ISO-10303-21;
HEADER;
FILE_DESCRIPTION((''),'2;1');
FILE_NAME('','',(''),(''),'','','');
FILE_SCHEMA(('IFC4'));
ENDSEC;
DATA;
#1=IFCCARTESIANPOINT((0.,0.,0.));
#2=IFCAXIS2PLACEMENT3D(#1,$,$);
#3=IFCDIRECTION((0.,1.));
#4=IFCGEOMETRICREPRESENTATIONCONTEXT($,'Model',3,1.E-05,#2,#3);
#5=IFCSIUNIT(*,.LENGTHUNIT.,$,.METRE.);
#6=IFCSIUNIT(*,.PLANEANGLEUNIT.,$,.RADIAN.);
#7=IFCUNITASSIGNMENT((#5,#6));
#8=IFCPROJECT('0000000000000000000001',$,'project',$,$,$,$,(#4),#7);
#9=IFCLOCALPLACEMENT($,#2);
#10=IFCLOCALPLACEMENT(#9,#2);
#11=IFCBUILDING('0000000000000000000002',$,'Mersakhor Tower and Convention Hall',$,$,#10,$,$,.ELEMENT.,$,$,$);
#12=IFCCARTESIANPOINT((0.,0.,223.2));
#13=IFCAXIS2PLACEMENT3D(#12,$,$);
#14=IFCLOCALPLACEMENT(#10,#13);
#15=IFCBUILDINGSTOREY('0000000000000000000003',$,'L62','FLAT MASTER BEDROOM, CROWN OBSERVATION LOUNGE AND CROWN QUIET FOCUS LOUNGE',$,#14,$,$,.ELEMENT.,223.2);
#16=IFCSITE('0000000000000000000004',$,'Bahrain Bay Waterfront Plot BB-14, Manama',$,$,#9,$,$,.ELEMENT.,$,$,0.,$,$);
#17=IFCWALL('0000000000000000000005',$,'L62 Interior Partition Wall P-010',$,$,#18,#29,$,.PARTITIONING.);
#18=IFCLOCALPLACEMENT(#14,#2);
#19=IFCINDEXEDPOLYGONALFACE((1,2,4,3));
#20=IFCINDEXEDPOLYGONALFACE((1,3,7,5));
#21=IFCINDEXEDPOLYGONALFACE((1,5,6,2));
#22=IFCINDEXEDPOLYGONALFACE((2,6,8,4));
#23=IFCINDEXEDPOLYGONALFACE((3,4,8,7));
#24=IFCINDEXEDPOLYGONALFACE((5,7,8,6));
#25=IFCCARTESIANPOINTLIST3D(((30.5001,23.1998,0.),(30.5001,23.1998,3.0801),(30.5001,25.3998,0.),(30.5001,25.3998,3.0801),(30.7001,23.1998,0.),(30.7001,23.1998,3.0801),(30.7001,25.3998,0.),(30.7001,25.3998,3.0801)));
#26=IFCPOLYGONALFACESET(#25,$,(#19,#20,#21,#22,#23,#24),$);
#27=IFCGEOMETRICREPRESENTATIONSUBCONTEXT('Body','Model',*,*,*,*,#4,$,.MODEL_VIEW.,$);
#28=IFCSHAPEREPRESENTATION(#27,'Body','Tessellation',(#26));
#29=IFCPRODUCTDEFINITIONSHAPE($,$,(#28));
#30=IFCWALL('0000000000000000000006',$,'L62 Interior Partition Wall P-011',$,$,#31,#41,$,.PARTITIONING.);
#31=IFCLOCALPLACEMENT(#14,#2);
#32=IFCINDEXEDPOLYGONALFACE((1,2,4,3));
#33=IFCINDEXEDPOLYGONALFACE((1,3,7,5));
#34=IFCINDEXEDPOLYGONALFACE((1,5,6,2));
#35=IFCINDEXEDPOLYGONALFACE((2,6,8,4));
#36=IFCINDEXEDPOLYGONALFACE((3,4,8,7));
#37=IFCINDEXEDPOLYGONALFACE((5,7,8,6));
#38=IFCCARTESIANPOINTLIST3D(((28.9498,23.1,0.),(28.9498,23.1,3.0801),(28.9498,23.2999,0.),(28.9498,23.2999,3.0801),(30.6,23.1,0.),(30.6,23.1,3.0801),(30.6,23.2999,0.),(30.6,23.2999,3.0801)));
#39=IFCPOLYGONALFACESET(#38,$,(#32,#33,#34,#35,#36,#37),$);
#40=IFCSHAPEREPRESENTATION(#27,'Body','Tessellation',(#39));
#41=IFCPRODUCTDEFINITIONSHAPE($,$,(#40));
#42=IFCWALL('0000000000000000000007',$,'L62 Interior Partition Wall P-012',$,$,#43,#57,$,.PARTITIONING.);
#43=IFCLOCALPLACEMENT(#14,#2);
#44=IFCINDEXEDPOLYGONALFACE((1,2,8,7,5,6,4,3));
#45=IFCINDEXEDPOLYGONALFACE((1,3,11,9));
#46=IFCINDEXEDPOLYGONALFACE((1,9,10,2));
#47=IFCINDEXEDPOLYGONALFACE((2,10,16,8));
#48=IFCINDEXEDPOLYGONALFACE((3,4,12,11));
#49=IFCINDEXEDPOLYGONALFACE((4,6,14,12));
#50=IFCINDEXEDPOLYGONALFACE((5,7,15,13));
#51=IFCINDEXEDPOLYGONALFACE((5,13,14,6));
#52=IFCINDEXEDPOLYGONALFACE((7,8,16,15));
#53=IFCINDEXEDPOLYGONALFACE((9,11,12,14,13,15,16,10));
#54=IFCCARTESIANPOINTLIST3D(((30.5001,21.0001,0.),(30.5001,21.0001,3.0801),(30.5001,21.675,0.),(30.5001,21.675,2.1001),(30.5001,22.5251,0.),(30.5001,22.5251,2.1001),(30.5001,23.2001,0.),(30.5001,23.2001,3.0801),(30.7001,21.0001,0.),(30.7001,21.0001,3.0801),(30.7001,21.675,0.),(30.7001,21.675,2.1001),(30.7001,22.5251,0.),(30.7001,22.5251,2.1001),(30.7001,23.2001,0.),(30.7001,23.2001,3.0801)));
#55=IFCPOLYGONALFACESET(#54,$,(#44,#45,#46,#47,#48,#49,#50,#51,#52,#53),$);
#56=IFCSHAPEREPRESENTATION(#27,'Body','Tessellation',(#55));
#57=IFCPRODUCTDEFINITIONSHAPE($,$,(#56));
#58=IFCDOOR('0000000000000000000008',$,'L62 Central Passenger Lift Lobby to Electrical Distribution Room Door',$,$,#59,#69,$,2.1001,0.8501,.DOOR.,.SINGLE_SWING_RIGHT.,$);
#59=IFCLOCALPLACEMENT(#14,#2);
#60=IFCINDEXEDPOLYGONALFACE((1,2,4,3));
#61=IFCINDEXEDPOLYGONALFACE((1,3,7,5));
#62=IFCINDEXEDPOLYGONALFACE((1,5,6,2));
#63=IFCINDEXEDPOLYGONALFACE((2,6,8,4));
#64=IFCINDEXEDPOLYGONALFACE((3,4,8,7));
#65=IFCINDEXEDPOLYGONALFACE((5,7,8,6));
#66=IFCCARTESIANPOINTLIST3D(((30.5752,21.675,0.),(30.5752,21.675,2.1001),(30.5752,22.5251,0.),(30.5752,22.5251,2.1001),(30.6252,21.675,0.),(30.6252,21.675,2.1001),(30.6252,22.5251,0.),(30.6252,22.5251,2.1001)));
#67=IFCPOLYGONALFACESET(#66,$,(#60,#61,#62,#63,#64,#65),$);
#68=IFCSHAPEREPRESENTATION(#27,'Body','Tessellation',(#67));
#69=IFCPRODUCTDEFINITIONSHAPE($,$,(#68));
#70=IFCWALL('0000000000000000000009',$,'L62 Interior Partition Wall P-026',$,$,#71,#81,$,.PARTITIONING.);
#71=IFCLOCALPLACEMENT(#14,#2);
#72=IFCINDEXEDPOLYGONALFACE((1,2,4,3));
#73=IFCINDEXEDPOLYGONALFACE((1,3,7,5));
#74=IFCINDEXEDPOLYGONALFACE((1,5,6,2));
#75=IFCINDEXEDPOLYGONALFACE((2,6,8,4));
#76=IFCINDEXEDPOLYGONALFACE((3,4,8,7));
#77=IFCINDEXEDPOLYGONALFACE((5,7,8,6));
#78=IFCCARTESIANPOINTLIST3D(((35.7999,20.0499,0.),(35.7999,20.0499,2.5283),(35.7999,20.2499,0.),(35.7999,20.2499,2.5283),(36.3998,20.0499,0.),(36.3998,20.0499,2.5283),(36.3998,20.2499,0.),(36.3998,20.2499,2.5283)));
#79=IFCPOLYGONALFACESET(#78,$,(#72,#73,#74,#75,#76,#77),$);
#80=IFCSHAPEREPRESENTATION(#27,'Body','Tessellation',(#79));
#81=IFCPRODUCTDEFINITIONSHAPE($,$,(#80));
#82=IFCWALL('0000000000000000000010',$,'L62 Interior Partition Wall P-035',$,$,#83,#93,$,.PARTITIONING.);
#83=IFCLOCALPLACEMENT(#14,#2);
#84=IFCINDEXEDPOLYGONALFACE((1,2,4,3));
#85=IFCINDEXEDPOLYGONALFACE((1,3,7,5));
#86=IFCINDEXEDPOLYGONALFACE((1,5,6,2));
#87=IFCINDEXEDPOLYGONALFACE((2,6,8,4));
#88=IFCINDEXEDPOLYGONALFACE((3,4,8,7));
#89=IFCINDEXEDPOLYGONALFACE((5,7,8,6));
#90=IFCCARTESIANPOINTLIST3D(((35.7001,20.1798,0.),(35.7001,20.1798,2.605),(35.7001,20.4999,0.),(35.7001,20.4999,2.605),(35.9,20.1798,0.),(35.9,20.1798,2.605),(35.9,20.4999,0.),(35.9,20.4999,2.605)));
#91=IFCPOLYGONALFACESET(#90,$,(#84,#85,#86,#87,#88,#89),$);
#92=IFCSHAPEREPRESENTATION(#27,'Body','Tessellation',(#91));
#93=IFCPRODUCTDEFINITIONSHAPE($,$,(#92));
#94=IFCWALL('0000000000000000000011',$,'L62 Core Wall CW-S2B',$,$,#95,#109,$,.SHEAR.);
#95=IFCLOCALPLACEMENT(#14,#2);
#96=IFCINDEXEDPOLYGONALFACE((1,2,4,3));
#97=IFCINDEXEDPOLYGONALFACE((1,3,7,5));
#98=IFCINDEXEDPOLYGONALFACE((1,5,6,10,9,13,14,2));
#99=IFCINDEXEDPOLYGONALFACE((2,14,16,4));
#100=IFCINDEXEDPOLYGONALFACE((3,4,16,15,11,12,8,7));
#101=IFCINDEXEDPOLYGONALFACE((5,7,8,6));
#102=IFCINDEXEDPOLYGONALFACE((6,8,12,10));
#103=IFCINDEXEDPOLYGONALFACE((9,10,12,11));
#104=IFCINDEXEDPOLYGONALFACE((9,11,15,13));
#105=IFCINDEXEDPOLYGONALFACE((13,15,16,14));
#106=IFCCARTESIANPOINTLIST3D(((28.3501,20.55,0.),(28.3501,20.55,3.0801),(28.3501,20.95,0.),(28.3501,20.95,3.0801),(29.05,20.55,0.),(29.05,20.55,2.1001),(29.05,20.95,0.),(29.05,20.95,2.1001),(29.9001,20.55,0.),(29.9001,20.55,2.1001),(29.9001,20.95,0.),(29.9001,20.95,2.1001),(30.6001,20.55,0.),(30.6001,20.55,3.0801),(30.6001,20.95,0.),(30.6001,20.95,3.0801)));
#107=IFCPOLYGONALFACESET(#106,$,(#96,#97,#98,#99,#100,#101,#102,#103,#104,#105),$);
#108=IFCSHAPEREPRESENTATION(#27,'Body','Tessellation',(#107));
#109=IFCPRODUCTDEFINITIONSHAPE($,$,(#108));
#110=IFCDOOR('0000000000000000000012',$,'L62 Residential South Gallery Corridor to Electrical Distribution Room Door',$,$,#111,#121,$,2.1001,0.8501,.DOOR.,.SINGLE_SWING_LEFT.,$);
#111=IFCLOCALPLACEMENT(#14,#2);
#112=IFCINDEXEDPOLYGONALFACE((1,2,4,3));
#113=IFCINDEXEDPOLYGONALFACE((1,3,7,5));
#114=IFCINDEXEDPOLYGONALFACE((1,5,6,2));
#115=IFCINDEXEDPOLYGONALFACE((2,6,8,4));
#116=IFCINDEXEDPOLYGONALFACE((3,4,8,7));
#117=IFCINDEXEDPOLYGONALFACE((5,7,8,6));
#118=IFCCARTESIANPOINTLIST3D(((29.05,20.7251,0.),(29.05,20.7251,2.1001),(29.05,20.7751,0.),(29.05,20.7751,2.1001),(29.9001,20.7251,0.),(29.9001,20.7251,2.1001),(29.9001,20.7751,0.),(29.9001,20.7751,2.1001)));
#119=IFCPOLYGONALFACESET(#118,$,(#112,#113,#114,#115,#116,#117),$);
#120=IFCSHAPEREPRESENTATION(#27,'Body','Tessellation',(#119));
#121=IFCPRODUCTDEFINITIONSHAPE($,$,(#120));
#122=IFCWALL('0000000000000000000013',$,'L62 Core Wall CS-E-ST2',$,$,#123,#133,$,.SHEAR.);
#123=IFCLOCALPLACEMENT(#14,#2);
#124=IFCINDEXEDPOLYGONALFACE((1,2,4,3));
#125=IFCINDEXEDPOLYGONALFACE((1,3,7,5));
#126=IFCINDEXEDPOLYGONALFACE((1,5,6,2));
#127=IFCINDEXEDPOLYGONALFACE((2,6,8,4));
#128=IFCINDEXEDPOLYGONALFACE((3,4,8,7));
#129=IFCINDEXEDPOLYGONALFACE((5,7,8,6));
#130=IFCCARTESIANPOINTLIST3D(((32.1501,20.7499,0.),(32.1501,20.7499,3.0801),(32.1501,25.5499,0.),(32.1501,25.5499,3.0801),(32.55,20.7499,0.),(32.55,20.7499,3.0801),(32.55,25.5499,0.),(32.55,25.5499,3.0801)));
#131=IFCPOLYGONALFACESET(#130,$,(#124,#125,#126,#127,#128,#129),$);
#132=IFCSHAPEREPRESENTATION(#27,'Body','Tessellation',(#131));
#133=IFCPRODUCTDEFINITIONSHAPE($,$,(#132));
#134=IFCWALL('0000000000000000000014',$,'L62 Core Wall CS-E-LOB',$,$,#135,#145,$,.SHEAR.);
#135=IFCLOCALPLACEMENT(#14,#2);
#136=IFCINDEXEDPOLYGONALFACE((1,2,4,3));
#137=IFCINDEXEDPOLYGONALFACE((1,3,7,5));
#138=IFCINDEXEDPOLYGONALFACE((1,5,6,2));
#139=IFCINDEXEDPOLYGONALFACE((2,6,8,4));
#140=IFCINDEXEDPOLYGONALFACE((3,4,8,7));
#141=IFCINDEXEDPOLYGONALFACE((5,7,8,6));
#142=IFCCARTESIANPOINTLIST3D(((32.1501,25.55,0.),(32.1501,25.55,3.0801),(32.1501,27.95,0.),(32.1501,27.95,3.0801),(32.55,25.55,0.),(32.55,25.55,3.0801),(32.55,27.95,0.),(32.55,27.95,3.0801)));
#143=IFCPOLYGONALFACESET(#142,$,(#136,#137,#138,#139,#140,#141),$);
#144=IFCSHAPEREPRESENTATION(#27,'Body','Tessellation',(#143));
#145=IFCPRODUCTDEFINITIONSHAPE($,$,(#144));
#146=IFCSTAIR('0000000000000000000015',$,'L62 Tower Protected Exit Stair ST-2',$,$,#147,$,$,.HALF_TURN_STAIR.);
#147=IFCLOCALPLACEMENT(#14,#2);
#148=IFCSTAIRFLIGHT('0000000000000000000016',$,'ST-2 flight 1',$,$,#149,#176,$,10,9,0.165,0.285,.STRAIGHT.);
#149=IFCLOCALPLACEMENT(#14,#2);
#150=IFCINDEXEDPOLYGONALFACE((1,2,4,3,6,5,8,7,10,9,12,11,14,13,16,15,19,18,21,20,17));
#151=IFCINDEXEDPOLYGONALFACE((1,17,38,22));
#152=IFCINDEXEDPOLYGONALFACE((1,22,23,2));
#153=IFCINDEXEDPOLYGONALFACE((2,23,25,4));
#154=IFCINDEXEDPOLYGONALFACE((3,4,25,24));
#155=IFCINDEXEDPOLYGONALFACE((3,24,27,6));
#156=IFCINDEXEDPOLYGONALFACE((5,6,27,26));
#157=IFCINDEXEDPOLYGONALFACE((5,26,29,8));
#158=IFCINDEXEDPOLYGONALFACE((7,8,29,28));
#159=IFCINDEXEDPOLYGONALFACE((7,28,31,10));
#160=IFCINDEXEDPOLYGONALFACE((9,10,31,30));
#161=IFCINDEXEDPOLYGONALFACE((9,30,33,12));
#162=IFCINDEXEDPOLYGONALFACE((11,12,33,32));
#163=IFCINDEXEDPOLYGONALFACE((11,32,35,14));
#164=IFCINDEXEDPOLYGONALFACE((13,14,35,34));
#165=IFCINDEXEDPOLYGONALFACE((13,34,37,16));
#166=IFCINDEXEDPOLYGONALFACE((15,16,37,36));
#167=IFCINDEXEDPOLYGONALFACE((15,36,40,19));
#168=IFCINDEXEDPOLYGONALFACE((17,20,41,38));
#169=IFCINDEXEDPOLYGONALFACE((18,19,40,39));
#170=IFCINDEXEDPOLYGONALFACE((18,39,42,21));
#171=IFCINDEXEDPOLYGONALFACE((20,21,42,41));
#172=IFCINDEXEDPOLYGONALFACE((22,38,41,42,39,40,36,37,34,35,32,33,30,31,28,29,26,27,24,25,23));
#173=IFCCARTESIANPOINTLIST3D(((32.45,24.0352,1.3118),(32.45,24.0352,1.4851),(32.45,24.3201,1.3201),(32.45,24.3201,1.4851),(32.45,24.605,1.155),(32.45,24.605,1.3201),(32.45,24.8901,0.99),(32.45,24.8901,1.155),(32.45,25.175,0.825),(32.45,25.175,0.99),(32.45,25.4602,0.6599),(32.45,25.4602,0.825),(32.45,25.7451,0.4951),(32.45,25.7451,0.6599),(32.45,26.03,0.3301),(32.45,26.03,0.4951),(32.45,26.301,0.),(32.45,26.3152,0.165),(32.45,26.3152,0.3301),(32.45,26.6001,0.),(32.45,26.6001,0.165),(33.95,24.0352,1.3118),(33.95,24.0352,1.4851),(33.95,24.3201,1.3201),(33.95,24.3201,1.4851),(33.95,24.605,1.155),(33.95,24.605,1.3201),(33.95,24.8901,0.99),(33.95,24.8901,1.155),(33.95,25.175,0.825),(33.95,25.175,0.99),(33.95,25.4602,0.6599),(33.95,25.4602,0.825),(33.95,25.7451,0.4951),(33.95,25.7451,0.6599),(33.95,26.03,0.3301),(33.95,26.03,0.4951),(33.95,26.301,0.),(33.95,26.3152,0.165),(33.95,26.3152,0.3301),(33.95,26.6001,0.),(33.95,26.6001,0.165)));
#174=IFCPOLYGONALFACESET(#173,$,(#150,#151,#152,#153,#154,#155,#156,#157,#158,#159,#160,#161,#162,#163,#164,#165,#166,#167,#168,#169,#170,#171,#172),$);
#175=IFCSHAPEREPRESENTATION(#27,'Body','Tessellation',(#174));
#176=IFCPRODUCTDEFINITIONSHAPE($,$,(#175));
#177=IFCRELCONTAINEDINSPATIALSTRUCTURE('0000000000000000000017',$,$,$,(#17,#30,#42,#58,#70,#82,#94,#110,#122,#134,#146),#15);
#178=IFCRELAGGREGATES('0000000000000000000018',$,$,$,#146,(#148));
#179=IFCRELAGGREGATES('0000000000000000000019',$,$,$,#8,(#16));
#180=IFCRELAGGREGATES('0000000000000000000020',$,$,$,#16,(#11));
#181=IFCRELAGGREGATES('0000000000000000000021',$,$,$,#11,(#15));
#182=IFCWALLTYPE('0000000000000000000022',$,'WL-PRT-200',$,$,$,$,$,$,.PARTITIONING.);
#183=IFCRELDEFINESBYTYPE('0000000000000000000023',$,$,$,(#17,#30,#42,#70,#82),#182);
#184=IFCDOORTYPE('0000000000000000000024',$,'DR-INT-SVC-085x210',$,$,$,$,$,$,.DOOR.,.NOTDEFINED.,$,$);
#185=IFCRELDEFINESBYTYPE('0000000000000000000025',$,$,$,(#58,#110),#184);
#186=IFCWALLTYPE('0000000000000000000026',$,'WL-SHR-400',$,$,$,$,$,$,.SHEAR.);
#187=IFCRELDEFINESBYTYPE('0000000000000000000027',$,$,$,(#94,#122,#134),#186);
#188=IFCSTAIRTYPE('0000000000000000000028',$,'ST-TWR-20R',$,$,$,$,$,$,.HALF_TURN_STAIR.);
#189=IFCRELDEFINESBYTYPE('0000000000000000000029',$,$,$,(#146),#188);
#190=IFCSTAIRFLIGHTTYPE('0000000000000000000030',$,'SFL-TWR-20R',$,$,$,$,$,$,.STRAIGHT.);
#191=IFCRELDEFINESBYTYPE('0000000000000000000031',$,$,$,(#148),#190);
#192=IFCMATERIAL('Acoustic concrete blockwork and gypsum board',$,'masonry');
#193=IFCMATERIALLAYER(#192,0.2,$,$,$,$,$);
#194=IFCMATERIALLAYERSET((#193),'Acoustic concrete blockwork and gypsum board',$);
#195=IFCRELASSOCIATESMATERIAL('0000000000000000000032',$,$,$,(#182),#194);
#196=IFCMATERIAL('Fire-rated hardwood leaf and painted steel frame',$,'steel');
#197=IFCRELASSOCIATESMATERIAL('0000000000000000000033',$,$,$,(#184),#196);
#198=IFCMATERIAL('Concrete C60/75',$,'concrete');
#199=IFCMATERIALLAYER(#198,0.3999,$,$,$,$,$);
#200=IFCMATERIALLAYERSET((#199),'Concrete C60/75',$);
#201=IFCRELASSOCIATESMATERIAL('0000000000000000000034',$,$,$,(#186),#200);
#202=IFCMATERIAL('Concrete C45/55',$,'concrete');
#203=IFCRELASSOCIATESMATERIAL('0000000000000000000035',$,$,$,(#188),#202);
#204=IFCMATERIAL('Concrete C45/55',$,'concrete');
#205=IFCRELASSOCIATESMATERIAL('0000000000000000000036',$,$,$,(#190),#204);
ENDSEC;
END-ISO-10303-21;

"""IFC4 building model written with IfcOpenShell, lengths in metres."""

from ifc_helpers import new_model, si_unit, direction, frame, frame_2d, origin, place, context, subcontext, project, spatial, polyline, rectangle, outline, extrude, material, layer, layer_set, type_object, element, fill, aggregate, save


model = new_model("IFC4")

# Units and contexts
model_context = context("Model", 3, precision=1e-05, world=origin(), true_north=direction((0.0, 1.0)))
body_context = subcontext(model_context, "Body", "Model", "MODEL_VIEW")
ifc_project = project(units=[si_unit("LENGTHUNIT", "METRE"), si_unit("PLANEANGLEUNIT", "RADIAN")], contexts=[model_context])

# Site, building, storey
site_placement = place(None, origin())
site = spatial("IfcSite", under=ifc_project, at=site_placement, Name="Bahrain Bay Waterfront Plot BB-14, Manama", CompositionType="ELEMENT", RefElevation=0.0)
building_placement = place(site_placement, origin())
building = spatial("IfcBuilding", under=site, at=building_placement, Name="Mersakhor Tower and Convention Hall", CompositionType="ELEMENT")
storey_placement = place(building_placement, frame((0.0, 0.0, 223.2)))
storey = spatial("IfcBuildingStorey", under=building, at=storey_placement, Name="L62", Description="FLAT MASTER BEDROOM, CROWN OBSERVATION LOUNGE AND CROWN QUIET FOCUS LOUNGE", CompositionType="ELEMENT", Elevation=223.2)

# Walls
ifc_material_1 = material(Name="Acoustic concrete blockwork and gypsum board", Category="masonry")
ifc_layer_1 = layer(ifc_material_1, 0.2)
ifc_layer_set_1 = layer_set([ifc_layer_1], Name="Acoustic concrete blockwork and gypsum board")
wall_type_1 = type_object("IfcWallType", Name="WL-PRT-200", PredefinedType="PARTITIONING", material=ifc_layer_set_1)
wall_1_placement = place(storey_placement, frame((30.6001, 25.3999, 0.0), z_axis=(0.0, 0.0, 1.0), x_axis=(0.0, -1.0, 0.0)))
element("IfcWall", 1, at=wall_1_placement, inside=storey, type_object=wall_type_1, Name="L62 Interior Partition Wall P-010", PredefinedType="PARTITIONING", context=body_context, shape_type="SweptSolid", body=[
    extrude(rectangle(XDim=2.2, YDim=0.2, at=frame_2d((1.1001, 0.0))), origin(), (0.0, 0.0, 1.0), 3.0801),
])
wall_2_placement = place(storey_placement, frame((30.6001, 23.2, 0.0), z_axis=(0.0, 0.0, 1.0), x_axis=(-1.0, 0.0, 0.0)))
element("IfcWall", 2, at=wall_2_placement, inside=storey, type_object=wall_type_1, Name="L62 Interior Partition Wall P-011", PredefinedType="PARTITIONING", context=body_context, shape_type="SweptSolid", body=[
    extrude(rectangle(XDim=1.6501, YDim=0.2, at=frame_2d((0.8252, 0.0))), origin(), (0.0, 0.0, 1.0), 3.0801),
])

# Wall, opening, door
wall_3_placement = place(storey_placement, frame((30.6001, 21.0, 0.0), z_axis=(0.0, 0.0, 1.0), x_axis=(0.0, 1.0, 0.0)))
wall_3 = element("IfcWall", 3, at=wall_3_placement, inside=storey, type_object=wall_type_1, Name="L62 Interior Partition Wall P-012", PredefinedType="PARTITIONING", context=body_context, shape_type="SweptSolid", body=[
    extrude(rectangle(XDim=2.2, YDim=0.2, at=frame_2d((1.1001, 0.0))), origin(), (0.0, 0.0, 1.0), 3.0801),
])
opening_1_placement = place(wall_3_placement, frame((0.675, 0.0, 0.0)))
opening_1 = element("IfcOpeningElement", 4, at=opening_1_placement, cuts=wall_3, PredefinedType="OPENING", context=body_context, shape_type="SweptSolid", body=[
    extrude(rectangle(XDim=0.8501, YDim=2.1001, at=frame_2d((0.425, 1.05))), frame((0.0, 0.1099, 0.0), z_axis=(0.0, -1.0, 0.0), x_axis=(1.0, 0.0, 0.0)), (0.0, 0.0, 1.0), 0.22),
])
ifc_material_2 = material(Name="Fire-rated hardwood leaf and painted steel frame", Category="steel")
door_type_1 = type_object("IfcDoorType", Name="DR-INT-SVC-085x210", OperationType="NOTDEFINED", PredefinedType="DOOR", material=ifc_material_2)
door_1_placement = place(opening_1_placement, origin())
door_1 = element("IfcDoor", 5, at=door_1_placement, inside=storey, type_object=door_type_1, Name="L62 Central Passenger Lift Lobby to Electrical Distribution Room Door", OperationType="SINGLE_SWING_RIGHT", OverallHeight=2.1001, OverallWidth=0.8501, PredefinedType="DOOR", context=body_context, shape_type="SweptSolid", body=[
    extrude(rectangle(XDim=0.8501, YDim=2.1001, at=frame_2d((0.425, 1.05))), frame((0.0, 0.0249, 0.0), z_axis=(0.0, -1.0, 0.0), x_axis=(1.0, 0.0, 0.0)), (0.0, 0.0, 1.0), 0.05),
])
fill(opening_1, door_1)

# Walls
wall_4_placement = place(storey_placement, frame((35.8, 20.1499, 0.0), z_axis=(0.0, 0.0, 1.0), x_axis=(1.0, 0.0, 0.0)))
element("IfcWall", 6, at=wall_4_placement, inside=storey, type_object=wall_type_1, Name="L62 Interior Partition Wall P-026", PredefinedType="PARTITIONING", context=body_context, shape_type="SweptSolid", body=[
    extrude(rectangle(XDim=0.5999, YDim=0.2, at=frame_2d((0.2998, 0.0))), origin(), (0.0, 0.0, 1.0), 2.5283),
])
wall_5_placement = place(storey_placement, frame((35.8, 20.5, 0.0), z_axis=(0.0, 0.0, 1.0), x_axis=(0.0, -1.0, 0.0)))
element("IfcWall", 7, at=wall_5_placement, inside=storey, type_object=wall_type_1, Name="L62 Interior Partition Wall P-035", PredefinedType="PARTITIONING", context=body_context, shape_type="SweptSolid", body=[
    extrude(rectangle(XDim=0.3201, YDim=0.2, at=frame_2d((0.1602, 0.0))), origin(), (0.0, 0.0, 1.0), 2.605),
])

# Wall, opening, door
ifc_material_3 = material(Name="Concrete C60/75", Category="concrete")
ifc_layer_2 = layer(ifc_material_3, 0.3999)
ifc_layer_set_2 = layer_set([ifc_layer_2], Name="Concrete C60/75")
wall_type_2 = type_object("IfcWallType", Name="WL-SHR-400", PredefinedType="SHEAR", material=ifc_layer_set_2)
wall_6_placement = place(storey_placement, frame((30.6001, 20.75, 0.0), z_axis=(0.0, 0.0, 1.0), x_axis=(-1.0, 0.0, 0.0)))
wall_6 = element("IfcWall", 8, at=wall_6_placement, inside=storey, type_object=wall_type_2, Name="L62 Core Wall CW-S2B", PredefinedType="SHEAR", context=body_context, shape_type="SweptSolid", body=[
    extrude(rectangle(XDim=2.25, YDim=0.3999, at=frame_2d((1.125, 0.0))), origin(), (0.0, 0.0, 1.0), 3.0801),
])
opening_2_placement = place(wall_6_placement, frame((0.7, 0.0, 0.0)))
opening_2 = element("IfcOpeningElement", 9, at=opening_2_placement, cuts=wall_6, PredefinedType="OPENING", context=body_context, shape_type="SweptSolid", body=[
    extrude(rectangle(XDim=0.8501, YDim=2.1001, at=frame_2d((0.425, 1.05))), frame((0.0, 0.21, 0.0), z_axis=(0.0, -1.0, 0.0), x_axis=(1.0, 0.0, 0.0)), (0.0, 0.0, 1.0), 0.4199),
])
door_2_placement = place(opening_2_placement, origin())
door_2 = element("IfcDoor", 10, at=door_2_placement, inside=storey, type_object=door_type_1, Name="L62 Residential South Gallery Corridor to Electrical Distribution Room Door", OperationType="SINGLE_SWING_LEFT", OverallHeight=2.1001, OverallWidth=0.8501, PredefinedType="DOOR", context=body_context, shape_type="SweptSolid", body=[
    extrude(rectangle(XDim=0.8501, YDim=2.1001, at=frame_2d((0.425, 1.05))), frame((0.0, 0.0249, 0.0), z_axis=(0.0, -1.0, 0.0), x_axis=(1.0, 0.0, 0.0)), (0.0, 0.0, 1.0), 0.05),
])
fill(opening_2, door_2)

# Walls
wall_7_placement = place(storey_placement, frame((32.3501, 20.75, 0.0), z_axis=(0.0, 0.0, 1.0), x_axis=(0.0, 1.0, 0.0)))
element("IfcWall", 11, at=wall_7_placement, inside=storey, type_object=wall_type_2, Name="L62 Core Wall CS-E-ST2", PredefinedType="SHEAR", context=body_context, shape_type="SweptSolid", body=[
    extrude(rectangle(XDim=4.8, YDim=0.3999, at=frame_2d((2.3999, 0.0))), origin(), (0.0, 0.0, 1.0), 3.0801),
])
wall_8_placement = place(storey_placement, frame((32.3501, 25.55, 0.0), z_axis=(0.0, 0.0, 1.0), x_axis=(0.0, 1.0, 0.0)))
element("IfcWall", 12, at=wall_8_placement, inside=storey, type_object=wall_type_2, Name="L62 Core Wall CS-E-LOB", PredefinedType="SHEAR", context=body_context, shape_type="SweptSolid", body=[
    extrude(rectangle(XDim=2.3999, YDim=0.3999, at=frame_2d((1.2, 0.0))), origin(), (0.0, 0.0, 1.0), 3.0801),
])

# Stair, stair flight
ifc_material_4 = material(Name="Concrete C45/55", Category="concrete")
stair_type = type_object("IfcStairType", Name="ST-TWR-20R", PredefinedType="HALF_TURN_STAIR", material=ifc_material_4)
stair_placement = place(storey_placement, origin())
stair = element("IfcStair", 13, at=stair_placement, inside=storey, type_object=stair_type, Name="L62 Tower Protected Exit Stair ST-2", PredefinedType="HALF_TURN_STAIR")
ifc_material_5 = material(Name="Concrete C45/55", Category="concrete")
stair_flight_type = type_object("IfcStairFlightType", Name="SFL-TWR-20R", PredefinedType="STRAIGHT", material=ifc_material_5)
stair_flight_1_placement = place(storey_placement, frame((33.2, 26.6001, 0.0), z_axis=(0.0, 0.0, 1.0), x_axis=(0.0, -1.0, 0.0)))
stair_flight_1 = element("IfcStairFlight", 14, at=stair_flight_1_placement, type_object=stair_flight_type, Name="ST-2 flight 1", NumberOfRisers=10, NumberOfTreads=9, PredefinedType="STRAIGHT", RiserHeight=0.165, TreadLength=0.285, context=body_context, shape_type="SweptSolid", body=[
    extrude(outline(polyline([(0.0, 0.0), (0.0, 0.165), (0.2849, 0.165), (0.2849, 0.3301), (0.5701, 0.3301), (0.5701, 0.4951), (0.855, 0.4951), (0.855, 0.6599), (1.1399, 0.6599), (1.1399, 0.825), (1.425, 0.825), (1.425, 0.99), (1.71, 0.99), (1.71, 1.155), (1.9951, 1.155), (1.9951, 1.3201), (2.28, 1.3201), (2.28, 1.4851), (2.5649, 1.4851), (2.5649, 1.6499), (2.5649, 1.3118), (0.2991, 0.0), (0.0, 0.0)])), frame((0.0, 0.75, 0.0), z_axis=(0.0, -1.0, 0.0), x_axis=(1.0, 0.0, 0.0)), (0.0, 0.0, 1.0), 1.5),
])
aggregate(stair, [stair_flight_1])

save(model, "model.ifc")
